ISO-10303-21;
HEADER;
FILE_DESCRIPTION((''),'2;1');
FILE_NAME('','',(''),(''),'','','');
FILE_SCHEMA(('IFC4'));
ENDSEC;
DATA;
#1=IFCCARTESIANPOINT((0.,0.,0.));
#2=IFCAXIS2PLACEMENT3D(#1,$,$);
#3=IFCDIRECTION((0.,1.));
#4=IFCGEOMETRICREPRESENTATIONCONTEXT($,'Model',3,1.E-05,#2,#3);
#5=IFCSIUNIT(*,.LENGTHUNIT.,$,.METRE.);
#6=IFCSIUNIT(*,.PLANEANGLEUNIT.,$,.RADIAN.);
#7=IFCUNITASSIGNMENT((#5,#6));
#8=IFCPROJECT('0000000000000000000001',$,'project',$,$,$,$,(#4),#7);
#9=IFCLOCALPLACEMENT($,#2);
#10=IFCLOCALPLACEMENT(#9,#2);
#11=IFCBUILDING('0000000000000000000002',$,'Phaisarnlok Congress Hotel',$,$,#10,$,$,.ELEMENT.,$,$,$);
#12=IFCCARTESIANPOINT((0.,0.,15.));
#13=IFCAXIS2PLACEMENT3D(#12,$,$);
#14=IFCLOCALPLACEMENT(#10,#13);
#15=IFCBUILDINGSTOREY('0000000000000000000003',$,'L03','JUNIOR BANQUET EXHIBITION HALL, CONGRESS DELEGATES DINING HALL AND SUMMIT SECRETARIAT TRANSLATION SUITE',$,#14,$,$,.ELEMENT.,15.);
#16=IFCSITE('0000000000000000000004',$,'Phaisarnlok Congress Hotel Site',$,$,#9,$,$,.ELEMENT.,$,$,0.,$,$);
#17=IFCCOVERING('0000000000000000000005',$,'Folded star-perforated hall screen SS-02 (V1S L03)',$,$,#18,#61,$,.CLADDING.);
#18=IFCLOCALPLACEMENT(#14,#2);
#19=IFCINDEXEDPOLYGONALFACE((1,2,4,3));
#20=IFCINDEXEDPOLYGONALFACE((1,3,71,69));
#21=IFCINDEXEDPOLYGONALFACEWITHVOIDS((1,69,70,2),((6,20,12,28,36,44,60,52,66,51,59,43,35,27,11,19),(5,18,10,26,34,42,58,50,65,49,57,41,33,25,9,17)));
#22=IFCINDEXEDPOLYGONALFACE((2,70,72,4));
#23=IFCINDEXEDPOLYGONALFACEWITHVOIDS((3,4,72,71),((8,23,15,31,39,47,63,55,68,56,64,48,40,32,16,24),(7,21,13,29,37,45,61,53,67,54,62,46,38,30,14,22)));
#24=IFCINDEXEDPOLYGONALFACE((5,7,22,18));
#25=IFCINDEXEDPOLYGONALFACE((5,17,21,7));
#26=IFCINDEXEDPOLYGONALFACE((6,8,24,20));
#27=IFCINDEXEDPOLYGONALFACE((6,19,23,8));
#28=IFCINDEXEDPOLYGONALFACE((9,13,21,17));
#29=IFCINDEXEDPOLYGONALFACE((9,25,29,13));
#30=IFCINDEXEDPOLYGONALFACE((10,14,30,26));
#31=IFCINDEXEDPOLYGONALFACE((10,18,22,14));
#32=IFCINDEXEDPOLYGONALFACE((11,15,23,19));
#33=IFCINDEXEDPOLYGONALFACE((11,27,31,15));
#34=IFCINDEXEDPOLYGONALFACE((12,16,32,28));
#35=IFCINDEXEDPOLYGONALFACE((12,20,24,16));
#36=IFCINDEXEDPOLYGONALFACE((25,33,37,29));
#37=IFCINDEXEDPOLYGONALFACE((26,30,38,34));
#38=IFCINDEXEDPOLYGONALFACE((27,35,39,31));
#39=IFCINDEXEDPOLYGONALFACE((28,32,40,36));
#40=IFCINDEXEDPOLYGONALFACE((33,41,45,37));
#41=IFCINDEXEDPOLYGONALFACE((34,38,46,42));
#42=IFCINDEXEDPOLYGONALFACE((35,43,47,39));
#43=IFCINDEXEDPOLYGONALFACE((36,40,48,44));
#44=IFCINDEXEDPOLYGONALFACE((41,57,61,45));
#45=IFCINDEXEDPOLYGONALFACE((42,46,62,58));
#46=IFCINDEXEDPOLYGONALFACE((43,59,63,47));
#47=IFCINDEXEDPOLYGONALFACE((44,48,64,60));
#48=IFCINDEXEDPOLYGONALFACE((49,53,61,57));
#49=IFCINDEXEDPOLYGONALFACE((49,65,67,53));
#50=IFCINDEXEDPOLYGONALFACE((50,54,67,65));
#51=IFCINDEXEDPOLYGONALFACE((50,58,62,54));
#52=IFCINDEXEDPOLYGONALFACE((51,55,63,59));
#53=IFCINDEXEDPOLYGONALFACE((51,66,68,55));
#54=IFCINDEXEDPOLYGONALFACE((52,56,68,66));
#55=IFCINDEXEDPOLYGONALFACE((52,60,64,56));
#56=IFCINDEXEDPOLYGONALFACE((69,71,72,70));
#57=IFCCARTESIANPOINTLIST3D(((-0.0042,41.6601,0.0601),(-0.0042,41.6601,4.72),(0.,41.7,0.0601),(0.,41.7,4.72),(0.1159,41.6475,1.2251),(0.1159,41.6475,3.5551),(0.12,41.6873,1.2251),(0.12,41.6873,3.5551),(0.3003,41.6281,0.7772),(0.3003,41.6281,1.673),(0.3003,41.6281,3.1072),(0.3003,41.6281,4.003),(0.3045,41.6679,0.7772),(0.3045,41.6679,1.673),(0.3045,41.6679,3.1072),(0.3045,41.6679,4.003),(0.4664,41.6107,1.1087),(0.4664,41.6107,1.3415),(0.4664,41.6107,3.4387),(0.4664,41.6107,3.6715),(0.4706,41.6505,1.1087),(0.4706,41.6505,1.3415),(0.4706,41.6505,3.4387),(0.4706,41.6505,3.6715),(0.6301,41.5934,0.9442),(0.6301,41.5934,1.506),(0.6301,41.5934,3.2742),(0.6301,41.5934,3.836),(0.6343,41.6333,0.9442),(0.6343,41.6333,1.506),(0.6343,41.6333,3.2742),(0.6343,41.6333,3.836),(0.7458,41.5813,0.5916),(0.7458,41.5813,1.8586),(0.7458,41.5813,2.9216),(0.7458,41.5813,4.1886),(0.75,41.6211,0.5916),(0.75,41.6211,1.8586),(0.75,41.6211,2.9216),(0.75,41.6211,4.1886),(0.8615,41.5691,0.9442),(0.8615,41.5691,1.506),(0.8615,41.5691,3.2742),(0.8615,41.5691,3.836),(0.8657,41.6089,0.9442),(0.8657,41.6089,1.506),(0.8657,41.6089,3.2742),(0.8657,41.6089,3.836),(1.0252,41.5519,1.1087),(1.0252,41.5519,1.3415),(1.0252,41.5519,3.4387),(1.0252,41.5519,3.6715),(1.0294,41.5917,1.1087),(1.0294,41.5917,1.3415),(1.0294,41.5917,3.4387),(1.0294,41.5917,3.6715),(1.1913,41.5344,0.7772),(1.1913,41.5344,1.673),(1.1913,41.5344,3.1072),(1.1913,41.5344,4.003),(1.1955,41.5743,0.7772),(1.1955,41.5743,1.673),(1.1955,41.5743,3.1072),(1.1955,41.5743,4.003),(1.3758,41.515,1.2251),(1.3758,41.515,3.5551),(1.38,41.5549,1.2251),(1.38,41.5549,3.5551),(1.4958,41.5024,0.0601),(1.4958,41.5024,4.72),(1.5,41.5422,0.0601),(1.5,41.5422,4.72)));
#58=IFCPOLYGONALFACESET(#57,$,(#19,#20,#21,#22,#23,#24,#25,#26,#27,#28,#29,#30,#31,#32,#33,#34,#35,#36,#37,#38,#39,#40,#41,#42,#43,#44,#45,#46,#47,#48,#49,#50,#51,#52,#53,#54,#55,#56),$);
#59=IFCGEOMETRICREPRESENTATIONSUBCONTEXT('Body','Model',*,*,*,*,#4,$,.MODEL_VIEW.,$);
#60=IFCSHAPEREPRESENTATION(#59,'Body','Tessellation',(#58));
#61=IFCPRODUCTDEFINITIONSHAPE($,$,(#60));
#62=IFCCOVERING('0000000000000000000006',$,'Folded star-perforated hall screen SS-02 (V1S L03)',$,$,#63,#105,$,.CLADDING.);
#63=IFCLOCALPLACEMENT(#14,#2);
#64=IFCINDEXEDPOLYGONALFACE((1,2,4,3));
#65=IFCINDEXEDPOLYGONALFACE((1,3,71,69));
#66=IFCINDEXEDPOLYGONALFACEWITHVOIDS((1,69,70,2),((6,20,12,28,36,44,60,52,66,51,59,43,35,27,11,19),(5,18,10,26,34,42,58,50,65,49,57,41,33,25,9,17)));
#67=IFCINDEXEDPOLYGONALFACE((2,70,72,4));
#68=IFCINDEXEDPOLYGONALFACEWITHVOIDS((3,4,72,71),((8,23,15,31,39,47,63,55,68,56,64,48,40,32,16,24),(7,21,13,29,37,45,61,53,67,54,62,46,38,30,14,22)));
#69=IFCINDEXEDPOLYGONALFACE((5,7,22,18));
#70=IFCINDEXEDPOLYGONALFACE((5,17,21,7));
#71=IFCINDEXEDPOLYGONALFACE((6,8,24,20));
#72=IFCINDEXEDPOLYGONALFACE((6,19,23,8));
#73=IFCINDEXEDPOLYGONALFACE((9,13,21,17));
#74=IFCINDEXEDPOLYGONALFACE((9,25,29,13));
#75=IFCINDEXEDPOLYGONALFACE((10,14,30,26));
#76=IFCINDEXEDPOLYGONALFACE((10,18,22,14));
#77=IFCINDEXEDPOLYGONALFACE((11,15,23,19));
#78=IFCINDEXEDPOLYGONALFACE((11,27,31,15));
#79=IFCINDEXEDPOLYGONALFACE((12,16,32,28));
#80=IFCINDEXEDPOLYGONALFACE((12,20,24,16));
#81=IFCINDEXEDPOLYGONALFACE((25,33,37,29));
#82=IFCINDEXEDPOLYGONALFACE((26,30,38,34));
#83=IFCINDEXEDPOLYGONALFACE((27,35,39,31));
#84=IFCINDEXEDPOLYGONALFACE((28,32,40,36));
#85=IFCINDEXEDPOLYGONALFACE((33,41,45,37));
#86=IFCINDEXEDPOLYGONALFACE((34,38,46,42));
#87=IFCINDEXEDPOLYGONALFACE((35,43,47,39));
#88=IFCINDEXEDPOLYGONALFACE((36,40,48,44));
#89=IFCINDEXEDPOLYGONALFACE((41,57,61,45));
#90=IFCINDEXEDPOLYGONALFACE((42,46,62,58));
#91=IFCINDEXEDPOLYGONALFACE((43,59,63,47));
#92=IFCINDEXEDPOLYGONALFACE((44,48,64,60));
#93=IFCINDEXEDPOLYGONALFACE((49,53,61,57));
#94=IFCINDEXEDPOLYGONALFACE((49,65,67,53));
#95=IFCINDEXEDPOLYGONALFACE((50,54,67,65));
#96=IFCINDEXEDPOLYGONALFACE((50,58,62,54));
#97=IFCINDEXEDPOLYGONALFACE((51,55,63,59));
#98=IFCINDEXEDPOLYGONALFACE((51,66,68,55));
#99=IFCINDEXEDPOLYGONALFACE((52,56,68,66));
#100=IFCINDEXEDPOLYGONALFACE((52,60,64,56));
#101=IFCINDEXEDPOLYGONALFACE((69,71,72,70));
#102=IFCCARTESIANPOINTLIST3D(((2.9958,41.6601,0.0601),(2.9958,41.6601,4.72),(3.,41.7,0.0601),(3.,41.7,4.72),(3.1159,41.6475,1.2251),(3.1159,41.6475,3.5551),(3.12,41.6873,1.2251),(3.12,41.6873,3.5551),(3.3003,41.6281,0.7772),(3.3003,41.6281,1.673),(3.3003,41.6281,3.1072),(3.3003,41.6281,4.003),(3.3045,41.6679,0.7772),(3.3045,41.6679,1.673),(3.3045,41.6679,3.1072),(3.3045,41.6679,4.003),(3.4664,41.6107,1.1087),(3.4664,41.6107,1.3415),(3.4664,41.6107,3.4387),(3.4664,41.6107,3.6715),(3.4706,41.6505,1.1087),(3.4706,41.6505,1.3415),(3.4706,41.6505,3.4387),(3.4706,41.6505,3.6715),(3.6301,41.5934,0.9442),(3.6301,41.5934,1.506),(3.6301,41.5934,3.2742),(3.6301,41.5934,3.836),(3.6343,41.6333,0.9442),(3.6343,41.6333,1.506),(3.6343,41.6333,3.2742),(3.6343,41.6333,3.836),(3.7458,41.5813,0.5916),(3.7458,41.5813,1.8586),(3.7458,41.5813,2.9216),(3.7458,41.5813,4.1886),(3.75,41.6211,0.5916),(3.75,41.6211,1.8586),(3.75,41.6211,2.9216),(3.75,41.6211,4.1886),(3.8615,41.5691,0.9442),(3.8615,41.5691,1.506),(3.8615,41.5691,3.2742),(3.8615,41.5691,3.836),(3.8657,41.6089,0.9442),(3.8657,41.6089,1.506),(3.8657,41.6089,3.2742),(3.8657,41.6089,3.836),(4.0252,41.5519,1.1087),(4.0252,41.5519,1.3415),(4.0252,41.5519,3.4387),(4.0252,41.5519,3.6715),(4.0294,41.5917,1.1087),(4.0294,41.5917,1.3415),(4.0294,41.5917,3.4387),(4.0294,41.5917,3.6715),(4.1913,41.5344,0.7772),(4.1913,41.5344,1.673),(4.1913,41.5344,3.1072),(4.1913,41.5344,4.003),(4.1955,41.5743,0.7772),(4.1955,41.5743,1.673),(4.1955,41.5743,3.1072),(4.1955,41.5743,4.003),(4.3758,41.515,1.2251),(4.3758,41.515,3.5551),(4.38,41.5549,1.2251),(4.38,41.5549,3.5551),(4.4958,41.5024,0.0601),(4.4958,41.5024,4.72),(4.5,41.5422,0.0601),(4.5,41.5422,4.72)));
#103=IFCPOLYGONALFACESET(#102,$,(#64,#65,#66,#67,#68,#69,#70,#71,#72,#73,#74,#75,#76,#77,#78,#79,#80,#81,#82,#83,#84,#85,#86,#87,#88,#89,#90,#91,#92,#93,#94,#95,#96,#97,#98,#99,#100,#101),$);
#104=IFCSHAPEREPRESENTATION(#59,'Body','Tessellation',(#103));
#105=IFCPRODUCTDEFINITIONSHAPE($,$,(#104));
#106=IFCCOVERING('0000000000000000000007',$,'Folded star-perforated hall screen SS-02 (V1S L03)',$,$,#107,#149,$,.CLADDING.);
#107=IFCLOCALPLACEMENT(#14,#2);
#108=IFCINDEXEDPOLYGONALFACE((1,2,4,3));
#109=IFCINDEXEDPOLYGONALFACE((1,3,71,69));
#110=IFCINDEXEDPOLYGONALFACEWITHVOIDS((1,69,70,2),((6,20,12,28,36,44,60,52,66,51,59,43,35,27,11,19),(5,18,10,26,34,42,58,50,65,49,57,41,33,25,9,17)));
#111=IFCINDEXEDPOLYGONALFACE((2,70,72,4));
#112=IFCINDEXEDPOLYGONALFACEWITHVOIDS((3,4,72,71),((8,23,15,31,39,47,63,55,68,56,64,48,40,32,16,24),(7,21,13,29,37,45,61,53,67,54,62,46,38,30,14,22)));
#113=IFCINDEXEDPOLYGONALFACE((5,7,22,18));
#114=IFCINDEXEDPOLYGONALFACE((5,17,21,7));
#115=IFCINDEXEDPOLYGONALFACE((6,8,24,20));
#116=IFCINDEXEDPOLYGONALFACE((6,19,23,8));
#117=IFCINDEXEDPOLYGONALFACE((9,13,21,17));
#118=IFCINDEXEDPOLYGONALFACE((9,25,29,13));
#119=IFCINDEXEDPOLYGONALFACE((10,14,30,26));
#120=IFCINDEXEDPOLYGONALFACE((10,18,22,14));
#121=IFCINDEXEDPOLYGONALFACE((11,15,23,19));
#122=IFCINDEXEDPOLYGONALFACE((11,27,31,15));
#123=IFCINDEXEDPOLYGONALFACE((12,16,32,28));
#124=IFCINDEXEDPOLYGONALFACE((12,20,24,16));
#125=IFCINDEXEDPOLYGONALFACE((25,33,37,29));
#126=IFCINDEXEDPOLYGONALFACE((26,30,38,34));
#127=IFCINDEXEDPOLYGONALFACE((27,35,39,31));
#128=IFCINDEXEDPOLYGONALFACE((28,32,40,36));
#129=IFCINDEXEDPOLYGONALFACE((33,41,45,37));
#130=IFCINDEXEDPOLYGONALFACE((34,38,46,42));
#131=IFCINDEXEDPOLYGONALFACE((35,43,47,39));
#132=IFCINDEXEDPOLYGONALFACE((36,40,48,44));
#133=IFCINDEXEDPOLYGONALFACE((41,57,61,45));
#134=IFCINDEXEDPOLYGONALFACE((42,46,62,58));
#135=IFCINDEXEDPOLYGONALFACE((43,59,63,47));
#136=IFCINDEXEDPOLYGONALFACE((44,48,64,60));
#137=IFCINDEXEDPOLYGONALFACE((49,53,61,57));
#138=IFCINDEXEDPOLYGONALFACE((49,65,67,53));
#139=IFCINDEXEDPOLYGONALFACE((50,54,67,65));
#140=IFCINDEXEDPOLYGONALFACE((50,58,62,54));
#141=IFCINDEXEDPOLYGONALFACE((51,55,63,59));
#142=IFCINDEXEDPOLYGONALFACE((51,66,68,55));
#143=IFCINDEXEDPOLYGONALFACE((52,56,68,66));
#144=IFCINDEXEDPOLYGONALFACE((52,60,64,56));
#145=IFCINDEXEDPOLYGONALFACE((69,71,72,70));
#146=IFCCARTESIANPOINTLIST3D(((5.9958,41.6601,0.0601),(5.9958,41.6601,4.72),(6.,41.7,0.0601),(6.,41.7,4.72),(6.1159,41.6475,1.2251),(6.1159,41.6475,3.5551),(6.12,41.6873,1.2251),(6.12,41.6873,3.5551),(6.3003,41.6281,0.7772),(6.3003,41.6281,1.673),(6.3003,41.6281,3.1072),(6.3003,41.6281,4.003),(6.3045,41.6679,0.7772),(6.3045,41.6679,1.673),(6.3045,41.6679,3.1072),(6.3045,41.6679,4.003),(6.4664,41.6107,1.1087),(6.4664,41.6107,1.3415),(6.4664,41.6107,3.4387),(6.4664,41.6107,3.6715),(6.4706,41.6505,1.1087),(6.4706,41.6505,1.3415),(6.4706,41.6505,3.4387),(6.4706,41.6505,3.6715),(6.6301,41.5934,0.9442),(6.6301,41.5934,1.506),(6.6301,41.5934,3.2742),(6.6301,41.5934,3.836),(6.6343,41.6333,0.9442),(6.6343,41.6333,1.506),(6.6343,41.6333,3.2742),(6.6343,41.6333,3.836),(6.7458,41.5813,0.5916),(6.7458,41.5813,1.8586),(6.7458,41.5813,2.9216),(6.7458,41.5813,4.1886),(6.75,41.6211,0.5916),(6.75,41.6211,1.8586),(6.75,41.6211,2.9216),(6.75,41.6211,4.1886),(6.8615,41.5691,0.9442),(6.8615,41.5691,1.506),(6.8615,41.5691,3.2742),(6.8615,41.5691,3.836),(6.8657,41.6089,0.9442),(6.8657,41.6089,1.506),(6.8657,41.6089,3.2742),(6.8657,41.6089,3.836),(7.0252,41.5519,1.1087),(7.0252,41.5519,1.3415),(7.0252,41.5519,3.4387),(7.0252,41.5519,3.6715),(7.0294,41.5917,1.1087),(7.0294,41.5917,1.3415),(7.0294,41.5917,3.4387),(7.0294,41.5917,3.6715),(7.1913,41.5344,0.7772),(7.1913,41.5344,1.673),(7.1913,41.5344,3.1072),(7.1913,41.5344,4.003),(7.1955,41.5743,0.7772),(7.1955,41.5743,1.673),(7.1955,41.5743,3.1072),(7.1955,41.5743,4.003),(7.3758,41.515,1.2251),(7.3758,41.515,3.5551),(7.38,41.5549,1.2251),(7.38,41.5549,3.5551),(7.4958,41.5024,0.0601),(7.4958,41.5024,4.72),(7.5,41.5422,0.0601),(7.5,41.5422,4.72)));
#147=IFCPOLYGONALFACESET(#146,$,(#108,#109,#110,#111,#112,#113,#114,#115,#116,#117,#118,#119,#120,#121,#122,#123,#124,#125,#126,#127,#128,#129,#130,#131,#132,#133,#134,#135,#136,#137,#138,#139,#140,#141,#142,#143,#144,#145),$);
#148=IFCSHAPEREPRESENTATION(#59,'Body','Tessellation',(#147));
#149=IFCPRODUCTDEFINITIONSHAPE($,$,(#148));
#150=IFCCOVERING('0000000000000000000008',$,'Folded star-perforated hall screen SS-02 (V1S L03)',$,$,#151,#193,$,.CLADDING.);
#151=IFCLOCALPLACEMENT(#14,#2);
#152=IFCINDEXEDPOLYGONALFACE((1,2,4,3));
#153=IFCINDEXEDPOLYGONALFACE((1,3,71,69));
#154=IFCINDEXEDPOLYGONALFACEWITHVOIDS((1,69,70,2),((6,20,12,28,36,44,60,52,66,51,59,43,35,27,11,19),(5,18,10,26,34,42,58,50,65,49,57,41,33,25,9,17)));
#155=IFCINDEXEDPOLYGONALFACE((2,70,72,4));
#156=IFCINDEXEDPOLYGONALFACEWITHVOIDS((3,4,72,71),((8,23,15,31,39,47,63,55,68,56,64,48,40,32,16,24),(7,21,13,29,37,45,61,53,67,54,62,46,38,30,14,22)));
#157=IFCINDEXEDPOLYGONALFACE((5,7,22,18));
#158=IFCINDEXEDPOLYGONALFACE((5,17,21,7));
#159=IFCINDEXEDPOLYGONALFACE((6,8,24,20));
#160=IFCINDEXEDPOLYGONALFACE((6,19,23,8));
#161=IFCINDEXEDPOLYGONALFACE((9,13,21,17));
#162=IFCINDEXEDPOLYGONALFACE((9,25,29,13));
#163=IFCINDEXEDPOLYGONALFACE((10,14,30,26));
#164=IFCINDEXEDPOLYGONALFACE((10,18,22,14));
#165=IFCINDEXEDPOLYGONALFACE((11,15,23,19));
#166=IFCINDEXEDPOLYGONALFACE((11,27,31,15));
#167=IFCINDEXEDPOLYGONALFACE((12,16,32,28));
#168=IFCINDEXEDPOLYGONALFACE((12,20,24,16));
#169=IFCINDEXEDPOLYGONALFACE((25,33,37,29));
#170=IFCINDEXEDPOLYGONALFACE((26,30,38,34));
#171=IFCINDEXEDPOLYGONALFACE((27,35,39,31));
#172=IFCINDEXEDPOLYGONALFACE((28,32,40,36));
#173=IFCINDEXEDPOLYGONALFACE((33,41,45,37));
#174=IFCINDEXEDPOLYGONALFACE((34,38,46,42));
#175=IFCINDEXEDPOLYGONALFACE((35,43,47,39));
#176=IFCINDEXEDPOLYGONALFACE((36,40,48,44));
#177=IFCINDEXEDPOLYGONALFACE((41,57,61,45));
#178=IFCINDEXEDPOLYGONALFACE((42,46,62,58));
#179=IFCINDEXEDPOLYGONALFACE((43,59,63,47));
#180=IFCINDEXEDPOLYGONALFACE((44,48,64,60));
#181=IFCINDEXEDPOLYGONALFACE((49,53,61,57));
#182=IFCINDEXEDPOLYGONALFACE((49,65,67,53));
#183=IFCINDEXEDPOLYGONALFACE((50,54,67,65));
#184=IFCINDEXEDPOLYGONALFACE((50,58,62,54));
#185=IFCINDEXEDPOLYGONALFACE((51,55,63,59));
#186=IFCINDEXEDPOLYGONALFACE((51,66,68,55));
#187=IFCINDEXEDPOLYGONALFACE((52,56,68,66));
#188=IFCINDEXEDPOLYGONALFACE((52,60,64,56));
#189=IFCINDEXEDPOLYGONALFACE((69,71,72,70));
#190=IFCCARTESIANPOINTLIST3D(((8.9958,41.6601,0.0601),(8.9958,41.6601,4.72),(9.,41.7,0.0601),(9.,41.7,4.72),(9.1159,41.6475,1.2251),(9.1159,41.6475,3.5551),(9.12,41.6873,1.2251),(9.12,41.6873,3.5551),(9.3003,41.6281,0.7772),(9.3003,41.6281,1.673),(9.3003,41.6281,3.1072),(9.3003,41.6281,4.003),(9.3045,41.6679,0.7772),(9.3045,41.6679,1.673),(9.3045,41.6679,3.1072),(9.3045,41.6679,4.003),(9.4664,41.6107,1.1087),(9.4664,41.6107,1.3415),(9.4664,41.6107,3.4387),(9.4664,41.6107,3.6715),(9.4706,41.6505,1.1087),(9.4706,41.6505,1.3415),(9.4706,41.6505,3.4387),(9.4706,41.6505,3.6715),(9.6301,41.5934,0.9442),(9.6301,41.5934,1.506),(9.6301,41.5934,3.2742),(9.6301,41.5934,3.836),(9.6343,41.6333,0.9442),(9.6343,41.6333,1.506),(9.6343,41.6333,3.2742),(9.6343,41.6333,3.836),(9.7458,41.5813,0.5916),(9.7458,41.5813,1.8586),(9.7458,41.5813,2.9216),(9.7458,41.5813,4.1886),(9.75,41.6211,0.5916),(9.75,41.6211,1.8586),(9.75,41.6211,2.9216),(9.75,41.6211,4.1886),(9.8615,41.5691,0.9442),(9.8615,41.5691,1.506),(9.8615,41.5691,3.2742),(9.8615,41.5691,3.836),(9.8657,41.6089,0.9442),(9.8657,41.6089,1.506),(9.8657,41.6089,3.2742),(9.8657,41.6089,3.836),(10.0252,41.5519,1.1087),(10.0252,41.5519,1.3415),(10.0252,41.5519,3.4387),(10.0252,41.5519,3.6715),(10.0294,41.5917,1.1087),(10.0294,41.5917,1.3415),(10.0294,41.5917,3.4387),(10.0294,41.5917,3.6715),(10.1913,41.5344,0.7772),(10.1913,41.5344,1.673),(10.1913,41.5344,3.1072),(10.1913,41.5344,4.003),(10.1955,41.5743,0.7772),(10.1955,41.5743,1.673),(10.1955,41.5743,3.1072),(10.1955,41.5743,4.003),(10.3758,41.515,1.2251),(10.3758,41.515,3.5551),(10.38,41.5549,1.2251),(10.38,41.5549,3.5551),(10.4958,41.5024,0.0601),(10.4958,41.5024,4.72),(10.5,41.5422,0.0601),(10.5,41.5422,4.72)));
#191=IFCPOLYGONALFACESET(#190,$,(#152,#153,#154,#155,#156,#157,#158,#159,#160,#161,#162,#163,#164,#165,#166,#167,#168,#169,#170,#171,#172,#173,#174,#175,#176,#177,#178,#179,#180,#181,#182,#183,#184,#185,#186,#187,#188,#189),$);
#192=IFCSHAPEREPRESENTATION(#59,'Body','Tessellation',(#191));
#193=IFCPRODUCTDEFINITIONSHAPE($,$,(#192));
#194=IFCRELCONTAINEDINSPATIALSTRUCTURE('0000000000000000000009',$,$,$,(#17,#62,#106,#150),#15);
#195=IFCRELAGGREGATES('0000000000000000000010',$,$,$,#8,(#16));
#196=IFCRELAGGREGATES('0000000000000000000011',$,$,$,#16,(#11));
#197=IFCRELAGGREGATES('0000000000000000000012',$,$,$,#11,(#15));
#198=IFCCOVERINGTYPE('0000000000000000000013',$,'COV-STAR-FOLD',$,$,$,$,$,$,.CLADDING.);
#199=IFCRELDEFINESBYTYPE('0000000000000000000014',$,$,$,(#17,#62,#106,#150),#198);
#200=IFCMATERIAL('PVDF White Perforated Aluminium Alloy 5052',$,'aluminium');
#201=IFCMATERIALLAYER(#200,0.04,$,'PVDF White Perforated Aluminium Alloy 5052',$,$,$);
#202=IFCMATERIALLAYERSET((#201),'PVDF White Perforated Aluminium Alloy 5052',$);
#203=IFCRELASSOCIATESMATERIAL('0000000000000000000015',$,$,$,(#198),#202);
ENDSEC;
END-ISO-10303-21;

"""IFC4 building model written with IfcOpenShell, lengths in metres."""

from ifc_helpers import new_model, si_unit, direction, frame, origin, place, context, subcontext, project, spatial, polyline, outline, extrude, material, layer, layer_set, type_object, element, save


model = new_model("IFC4")

# Units and contexts
model_context = context("Model", 3, precision=1e-05, world=origin(), true_north=direction((0.0, 1.0)))
body_context = subcontext(model_context, "Body", "Model", "MODEL_VIEW")
ifc_project = project(units=[si_unit("LENGTHUNIT", "METRE"), si_unit("PLANEANGLEUNIT", "RADIAN")], contexts=[model_context])

# Site, building, storey
site_placement = place(None, origin())
site = spatial("IfcSite", under=ifc_project, at=site_placement, Name="Phaisarnlok Congress Hotel Site", CompositionType="ELEMENT", RefElevation=0.0)
building_placement = place(site_placement, origin())
building = spatial("IfcBuilding", under=site, at=building_placement, Name="Phaisarnlok Congress Hotel", CompositionType="ELEMENT")
storey_placement = place(building_placement, frame((0.0, 0.0, 15.0)))
storey = spatial("IfcBuildingStorey", under=building, at=storey_placement, Name="L03", Description="JUNIOR BANQUET EXHIBITION HALL, CONGRESS DELEGATES DINING HALL AND SUMMIT SECRETARIAT TRANSLATION SUITE", CompositionType="ELEMENT", Elevation=15.0)

# Coverings
ifc_material_1 = material(Name="PVDF White Perforated Aluminium Alloy 5052", Category="aluminium")
ifc_layer = layer(ifc_material_1, 0.04, Name="PVDF White Perforated Aluminium Alloy 5052")
ifc_layer_set = layer_set([ifc_layer], Name="PVDF White Perforated Aluminium Alloy 5052")
covering_type = type_object("IfcCoveringType", Name="COV-STAR-FOLD", PredefinedType="CLADDING", material=ifc_layer_set)
for number, where, z_axis, x_axis, name in (
    (1, (0.0, 41.7, 0.0601), (-0.104567, -0.994518, 0.0), (0.994518, -0.104567, 0.0), "Folded star-perforated hall screen SS-02 (V1S L03)"),
    (2, (3.0, 41.7, 0.0601), (-0.104567, -0.994518, 0.0), (0.994518, -0.104567, 0.0), "Folded star-perforated hall screen SS-02 (V1S L03)"),
    (3, (6.0, 41.7, 0.0601), (-0.104567, -0.994518, 0.0), (0.994518, -0.104567, 0.0), "Folded star-perforated hall screen SS-02 (V1S L03)"),
    (4, (9.0, 41.7, 0.0601), (-0.104567, -0.994518, 0.0), (0.994518, -0.104567, 0.0), "Folded star-perforated hall screen SS-02 (V1S L03)"),
):
    element("IfcCovering", number, at=place(storey_placement, frame(where, z_axis=z_axis, x_axis=x_axis)), inside=storey, type_object=covering_type, Name=name, PredefinedType="CLADDING", context=body_context, shape_type="SweptSolid", body=[
        extrude(outline(polyline([(0.0, 0.0), (1.5083, 0.0), (1.5083, 4.6599), (0.0, 4.6599), (0.0, 0.0)]), holes=[polyline([(1.0351, 1.0486), (1.2021, 0.7171), (0.8705, 0.8841), (0.7541, 0.5315), (0.6378, 0.8841), (0.3062, 0.7171), (0.4732, 1.0486), (0.1207, 1.165), (0.4732, 1.2814), (0.3062, 1.6129), (0.6378, 1.4459), (0.7541, 1.7985), (0.8705, 1.4459), (1.2021, 1.6129), (1.0351, 1.2814), (1.3876, 1.165), (1.0351, 1.0486)]), polyline([(1.0351, 3.3786), (1.2021, 3.0471), (0.8705, 3.2141), (0.7541, 2.8615), (0.6378, 3.2141), (0.3062, 3.0471), (0.4732, 3.3786), (0.1207, 3.495), (0.4732, 3.6114), (0.3062, 3.9429), (0.6378, 3.7759), (0.7541, 4.1285), (0.8705, 3.7759), (1.2021, 3.9429), (1.0351, 3.6114), (1.3876, 3.495), (1.0351, 3.3786)])]), origin(), (0.0, 0.0, 1.0), 0.04),
    ])

save(model, "model.ifc")
